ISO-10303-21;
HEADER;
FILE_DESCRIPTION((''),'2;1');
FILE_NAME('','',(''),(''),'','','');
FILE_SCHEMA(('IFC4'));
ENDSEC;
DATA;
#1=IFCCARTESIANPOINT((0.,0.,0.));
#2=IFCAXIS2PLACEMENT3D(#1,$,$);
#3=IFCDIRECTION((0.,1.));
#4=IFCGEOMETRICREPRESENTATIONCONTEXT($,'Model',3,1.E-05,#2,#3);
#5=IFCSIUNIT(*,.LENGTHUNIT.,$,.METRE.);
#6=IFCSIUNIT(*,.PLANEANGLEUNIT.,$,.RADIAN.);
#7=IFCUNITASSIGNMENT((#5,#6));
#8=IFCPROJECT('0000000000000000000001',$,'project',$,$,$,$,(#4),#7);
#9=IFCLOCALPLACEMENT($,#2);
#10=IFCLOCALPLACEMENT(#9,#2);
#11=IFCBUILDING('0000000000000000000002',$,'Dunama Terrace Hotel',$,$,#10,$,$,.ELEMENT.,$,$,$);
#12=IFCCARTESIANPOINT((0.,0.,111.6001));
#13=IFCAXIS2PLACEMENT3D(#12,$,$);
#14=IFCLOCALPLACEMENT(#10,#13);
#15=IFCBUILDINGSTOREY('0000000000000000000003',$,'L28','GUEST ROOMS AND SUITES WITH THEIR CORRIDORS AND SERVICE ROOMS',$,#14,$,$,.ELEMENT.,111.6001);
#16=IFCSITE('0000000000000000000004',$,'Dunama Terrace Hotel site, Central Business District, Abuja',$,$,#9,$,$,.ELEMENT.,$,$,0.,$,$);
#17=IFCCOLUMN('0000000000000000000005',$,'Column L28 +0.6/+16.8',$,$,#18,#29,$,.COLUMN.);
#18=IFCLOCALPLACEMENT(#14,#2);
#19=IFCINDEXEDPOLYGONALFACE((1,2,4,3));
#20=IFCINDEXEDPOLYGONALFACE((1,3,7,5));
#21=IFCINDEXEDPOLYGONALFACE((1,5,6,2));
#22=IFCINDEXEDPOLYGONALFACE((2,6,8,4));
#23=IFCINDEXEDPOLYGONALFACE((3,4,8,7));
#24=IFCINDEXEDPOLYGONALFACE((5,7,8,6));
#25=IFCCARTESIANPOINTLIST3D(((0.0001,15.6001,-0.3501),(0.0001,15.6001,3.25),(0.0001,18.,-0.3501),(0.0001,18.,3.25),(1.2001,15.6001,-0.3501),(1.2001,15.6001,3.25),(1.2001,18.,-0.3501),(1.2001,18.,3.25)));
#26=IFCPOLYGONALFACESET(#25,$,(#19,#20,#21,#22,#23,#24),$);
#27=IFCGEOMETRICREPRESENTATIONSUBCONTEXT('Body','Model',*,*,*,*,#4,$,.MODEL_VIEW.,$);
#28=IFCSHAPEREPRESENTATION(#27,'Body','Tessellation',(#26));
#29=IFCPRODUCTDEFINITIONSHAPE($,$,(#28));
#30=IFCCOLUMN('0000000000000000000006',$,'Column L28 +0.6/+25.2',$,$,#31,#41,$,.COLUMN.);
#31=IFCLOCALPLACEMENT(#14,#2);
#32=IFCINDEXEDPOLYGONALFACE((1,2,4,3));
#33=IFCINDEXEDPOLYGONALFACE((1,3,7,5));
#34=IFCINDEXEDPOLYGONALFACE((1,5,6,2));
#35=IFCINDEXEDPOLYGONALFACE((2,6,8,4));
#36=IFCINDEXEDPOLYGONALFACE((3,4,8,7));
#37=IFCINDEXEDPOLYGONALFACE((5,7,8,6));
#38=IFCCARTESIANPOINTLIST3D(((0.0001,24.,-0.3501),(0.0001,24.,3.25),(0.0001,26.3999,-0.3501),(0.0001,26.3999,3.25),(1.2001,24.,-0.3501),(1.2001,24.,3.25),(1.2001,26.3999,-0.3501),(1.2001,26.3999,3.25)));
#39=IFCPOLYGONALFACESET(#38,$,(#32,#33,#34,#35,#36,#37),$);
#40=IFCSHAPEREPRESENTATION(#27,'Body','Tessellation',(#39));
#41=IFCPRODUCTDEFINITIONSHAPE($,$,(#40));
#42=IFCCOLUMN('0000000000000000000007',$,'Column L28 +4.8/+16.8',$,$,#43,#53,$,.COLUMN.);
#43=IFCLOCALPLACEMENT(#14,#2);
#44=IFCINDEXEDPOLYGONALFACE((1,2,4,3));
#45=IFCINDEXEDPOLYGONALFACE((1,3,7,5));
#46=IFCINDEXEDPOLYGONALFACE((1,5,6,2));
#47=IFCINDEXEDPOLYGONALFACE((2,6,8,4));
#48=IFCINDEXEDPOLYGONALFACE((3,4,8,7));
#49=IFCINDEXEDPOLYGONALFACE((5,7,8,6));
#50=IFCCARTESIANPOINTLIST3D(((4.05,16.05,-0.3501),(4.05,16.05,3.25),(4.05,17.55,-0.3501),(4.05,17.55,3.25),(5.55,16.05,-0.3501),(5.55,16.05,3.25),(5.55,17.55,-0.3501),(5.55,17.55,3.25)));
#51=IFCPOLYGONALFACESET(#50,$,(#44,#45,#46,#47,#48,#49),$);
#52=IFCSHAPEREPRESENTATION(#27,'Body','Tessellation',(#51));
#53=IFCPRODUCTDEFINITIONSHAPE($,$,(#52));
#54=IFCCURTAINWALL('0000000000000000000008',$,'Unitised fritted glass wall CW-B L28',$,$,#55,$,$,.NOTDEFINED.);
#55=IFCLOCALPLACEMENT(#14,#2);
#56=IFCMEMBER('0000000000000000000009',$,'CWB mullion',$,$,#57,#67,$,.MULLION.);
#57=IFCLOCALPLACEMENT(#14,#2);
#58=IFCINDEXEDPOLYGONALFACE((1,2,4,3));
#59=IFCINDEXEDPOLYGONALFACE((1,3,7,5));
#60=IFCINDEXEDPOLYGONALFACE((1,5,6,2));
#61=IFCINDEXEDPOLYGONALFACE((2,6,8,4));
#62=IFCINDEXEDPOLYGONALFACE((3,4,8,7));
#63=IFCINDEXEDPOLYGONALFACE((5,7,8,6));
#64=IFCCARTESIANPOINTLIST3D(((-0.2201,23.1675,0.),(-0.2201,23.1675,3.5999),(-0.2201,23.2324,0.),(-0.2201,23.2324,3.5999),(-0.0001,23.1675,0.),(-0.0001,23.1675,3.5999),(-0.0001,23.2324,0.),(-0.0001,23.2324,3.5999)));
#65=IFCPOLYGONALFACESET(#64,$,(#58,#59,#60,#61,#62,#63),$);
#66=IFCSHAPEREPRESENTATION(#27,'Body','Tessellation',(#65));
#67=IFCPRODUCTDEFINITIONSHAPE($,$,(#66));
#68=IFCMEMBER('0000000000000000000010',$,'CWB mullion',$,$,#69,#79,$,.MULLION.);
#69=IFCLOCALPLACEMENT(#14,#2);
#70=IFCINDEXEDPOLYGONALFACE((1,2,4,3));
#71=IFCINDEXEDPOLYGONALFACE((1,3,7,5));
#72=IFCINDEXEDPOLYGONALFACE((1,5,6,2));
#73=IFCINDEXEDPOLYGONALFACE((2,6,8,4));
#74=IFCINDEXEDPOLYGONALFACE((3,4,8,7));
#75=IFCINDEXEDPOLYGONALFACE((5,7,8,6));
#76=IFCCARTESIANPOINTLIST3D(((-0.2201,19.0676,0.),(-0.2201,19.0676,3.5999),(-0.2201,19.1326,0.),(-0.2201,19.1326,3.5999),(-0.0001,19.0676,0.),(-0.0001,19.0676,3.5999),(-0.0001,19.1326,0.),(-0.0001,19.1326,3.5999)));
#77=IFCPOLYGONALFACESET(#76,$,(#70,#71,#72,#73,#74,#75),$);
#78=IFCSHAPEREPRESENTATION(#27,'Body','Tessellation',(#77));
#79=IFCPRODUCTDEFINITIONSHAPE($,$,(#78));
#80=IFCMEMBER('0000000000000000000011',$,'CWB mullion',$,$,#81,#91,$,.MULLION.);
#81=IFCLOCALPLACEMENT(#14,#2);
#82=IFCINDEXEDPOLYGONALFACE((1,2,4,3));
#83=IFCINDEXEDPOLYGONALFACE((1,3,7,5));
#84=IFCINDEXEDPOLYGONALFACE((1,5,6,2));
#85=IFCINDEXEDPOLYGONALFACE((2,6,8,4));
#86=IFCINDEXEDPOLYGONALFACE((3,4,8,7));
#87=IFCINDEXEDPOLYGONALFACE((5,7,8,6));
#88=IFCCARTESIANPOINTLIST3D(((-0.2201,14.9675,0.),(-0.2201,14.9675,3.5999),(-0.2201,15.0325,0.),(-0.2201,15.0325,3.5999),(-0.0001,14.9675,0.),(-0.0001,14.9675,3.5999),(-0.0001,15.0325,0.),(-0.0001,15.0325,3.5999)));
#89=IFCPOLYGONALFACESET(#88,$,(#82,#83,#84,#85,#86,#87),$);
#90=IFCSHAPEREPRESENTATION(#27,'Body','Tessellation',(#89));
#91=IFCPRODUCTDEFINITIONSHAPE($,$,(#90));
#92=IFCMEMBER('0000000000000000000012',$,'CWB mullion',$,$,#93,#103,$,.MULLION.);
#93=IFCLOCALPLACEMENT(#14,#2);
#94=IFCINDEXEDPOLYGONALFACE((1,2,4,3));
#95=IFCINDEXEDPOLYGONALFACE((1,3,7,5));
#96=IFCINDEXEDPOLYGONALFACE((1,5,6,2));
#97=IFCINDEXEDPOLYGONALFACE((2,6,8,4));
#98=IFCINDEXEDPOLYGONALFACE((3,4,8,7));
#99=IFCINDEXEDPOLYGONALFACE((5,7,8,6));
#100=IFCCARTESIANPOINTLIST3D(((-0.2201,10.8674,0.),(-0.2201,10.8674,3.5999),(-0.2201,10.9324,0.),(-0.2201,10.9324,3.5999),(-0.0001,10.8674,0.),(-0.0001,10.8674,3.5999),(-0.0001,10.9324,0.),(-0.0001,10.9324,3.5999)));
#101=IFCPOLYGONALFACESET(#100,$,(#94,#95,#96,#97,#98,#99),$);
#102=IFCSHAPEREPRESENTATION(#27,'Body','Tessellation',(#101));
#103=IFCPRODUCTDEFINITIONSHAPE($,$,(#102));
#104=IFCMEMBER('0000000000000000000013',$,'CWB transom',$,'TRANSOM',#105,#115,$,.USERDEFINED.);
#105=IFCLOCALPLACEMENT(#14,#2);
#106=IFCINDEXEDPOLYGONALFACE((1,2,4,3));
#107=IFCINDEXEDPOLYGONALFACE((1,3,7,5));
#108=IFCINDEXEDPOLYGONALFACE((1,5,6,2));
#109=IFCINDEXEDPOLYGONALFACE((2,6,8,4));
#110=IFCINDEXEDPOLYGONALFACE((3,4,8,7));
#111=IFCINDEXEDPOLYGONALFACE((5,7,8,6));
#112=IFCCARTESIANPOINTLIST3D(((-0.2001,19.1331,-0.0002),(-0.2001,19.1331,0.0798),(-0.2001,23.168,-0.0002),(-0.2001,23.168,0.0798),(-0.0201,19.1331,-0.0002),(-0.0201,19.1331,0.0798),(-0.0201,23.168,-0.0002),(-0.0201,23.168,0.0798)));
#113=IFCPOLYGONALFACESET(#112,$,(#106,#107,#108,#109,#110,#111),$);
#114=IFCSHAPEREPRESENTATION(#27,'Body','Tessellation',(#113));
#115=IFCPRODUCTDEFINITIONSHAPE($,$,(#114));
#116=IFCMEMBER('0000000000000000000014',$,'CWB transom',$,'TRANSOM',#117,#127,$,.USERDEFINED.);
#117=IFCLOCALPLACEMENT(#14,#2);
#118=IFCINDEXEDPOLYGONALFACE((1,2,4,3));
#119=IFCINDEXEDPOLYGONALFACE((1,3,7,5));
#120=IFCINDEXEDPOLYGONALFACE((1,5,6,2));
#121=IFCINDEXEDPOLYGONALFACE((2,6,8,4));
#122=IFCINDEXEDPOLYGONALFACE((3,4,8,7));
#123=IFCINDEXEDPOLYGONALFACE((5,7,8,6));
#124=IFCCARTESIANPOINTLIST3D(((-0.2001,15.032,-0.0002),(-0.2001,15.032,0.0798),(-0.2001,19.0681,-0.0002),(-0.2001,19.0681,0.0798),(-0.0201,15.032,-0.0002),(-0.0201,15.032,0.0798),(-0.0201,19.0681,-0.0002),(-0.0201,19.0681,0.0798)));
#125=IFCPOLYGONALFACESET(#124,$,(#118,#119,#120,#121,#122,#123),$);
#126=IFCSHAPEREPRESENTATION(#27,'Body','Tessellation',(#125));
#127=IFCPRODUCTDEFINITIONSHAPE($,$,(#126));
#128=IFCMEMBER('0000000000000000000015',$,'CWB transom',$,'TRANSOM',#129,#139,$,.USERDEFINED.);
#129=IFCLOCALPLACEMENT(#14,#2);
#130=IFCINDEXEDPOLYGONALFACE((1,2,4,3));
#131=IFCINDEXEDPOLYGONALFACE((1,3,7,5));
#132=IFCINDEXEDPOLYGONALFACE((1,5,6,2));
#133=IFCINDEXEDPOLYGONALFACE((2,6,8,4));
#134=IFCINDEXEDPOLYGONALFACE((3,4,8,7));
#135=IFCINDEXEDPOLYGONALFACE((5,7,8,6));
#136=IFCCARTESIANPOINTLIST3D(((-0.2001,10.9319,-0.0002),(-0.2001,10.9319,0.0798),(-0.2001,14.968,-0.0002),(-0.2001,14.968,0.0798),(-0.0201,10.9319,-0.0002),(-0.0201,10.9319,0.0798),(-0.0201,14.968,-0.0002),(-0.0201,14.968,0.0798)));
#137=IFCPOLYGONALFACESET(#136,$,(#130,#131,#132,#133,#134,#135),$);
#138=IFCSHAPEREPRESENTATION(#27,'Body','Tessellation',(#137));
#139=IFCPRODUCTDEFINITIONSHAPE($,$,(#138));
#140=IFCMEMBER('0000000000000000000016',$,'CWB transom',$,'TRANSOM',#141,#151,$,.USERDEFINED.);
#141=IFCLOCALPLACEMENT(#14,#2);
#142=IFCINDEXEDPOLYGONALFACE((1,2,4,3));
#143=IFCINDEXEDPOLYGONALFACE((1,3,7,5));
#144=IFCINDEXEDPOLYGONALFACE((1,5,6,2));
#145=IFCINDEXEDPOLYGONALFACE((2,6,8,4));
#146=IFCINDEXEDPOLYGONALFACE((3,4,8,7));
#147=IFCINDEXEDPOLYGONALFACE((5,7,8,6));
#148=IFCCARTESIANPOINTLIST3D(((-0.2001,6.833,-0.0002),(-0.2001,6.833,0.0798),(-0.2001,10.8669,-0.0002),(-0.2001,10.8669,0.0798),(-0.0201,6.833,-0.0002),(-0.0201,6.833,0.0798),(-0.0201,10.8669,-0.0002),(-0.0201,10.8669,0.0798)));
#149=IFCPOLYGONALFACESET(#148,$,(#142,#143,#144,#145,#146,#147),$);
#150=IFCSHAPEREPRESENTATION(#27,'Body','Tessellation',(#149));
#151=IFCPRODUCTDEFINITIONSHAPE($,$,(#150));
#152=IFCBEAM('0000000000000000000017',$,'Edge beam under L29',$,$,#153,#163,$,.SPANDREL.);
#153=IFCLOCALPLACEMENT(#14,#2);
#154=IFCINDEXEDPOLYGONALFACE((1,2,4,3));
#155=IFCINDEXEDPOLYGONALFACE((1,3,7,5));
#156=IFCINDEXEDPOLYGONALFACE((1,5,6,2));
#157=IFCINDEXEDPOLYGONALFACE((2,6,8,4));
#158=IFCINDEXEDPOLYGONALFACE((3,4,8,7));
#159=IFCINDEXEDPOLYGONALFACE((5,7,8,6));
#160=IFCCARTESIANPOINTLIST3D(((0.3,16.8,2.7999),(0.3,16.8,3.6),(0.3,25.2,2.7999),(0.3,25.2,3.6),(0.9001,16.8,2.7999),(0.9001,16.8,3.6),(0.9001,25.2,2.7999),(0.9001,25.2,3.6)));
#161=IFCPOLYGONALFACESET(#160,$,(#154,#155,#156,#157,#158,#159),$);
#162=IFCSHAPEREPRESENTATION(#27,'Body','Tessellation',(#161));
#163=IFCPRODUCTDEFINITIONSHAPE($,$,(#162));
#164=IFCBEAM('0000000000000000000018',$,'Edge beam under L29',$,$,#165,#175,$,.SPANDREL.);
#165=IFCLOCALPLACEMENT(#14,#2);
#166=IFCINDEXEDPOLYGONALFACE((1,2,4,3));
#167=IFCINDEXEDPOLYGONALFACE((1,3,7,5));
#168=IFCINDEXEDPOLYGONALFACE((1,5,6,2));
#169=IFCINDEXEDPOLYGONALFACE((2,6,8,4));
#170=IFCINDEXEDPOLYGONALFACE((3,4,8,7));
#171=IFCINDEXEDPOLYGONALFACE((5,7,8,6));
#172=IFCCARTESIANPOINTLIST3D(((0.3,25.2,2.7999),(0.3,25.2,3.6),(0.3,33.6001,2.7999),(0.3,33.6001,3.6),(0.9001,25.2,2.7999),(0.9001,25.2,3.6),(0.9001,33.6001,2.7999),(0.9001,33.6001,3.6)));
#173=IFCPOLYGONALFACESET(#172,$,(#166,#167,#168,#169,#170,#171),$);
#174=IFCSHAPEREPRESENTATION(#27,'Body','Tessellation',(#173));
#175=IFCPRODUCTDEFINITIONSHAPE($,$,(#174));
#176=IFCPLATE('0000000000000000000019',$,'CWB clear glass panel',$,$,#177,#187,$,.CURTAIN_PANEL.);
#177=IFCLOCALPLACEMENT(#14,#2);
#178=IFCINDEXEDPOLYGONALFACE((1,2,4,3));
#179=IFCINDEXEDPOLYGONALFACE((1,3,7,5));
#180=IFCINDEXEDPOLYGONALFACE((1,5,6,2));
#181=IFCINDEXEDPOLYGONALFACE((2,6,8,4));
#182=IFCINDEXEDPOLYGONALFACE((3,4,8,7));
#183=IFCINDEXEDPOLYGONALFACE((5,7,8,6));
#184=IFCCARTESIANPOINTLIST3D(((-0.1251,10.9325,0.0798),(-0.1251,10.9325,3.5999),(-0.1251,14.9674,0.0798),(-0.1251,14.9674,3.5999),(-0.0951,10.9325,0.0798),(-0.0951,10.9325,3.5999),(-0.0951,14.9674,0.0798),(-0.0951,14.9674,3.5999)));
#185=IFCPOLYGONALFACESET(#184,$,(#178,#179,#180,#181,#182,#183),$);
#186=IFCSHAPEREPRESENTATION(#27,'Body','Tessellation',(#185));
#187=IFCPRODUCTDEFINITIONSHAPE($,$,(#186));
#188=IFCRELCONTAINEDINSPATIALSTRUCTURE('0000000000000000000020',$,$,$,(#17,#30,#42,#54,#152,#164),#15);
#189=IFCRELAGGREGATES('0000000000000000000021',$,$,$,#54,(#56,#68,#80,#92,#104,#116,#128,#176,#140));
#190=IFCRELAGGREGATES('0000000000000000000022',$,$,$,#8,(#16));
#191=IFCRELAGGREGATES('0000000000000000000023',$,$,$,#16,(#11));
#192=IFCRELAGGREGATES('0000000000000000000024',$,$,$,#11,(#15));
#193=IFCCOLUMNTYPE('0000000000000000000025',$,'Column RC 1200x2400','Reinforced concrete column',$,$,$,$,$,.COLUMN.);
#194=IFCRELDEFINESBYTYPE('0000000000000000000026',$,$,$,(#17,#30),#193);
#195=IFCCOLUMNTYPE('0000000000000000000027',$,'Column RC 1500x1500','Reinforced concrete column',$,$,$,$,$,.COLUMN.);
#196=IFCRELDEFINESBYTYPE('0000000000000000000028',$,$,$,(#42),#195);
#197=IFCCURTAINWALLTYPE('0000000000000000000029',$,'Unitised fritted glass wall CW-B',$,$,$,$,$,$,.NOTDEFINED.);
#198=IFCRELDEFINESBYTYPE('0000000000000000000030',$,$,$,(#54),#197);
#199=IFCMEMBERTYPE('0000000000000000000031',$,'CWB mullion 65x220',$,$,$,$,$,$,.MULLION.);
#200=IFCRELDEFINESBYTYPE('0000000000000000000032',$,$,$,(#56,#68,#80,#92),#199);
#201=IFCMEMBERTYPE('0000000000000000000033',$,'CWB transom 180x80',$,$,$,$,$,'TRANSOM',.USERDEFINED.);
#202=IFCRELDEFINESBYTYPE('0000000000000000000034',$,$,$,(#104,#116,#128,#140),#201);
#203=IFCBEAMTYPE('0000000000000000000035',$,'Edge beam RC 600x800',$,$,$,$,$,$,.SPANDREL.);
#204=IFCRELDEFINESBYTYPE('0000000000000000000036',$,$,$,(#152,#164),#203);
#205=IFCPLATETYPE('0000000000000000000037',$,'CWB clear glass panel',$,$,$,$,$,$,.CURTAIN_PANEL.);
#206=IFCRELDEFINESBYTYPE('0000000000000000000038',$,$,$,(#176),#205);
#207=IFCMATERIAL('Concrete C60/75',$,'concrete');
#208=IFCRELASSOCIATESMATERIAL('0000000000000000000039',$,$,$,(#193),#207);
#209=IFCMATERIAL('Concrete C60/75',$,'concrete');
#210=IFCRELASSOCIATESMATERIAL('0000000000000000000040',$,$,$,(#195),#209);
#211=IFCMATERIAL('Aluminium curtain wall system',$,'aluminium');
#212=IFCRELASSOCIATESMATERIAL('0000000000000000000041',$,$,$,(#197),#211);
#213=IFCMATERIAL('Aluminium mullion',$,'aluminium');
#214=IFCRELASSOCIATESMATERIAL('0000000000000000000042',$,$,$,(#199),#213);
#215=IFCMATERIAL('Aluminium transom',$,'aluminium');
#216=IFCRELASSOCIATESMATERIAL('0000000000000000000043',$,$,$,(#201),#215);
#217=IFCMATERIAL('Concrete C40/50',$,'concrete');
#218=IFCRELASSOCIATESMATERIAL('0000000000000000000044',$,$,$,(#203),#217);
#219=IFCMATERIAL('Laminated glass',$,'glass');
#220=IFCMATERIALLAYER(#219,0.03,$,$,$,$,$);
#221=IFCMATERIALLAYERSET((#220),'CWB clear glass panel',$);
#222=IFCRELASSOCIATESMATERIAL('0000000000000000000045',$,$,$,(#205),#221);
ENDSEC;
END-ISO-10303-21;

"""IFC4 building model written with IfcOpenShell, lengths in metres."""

from ifc_helpers import new_model, si_unit, direction, frame, origin, origin_2d, place, context, subcontext, project, spatial, rectangle, extrude, material, layer, layer_set, material_profile, profile_set, type_object, element, aggregate, save


model = new_model("IFC4")

# Units and contexts
model_context = context("Model", 3, precision=1e-05, world=origin(), true_north=direction((0.0, 1.0)))
body_context = subcontext(model_context, "Body", "Model", "MODEL_VIEW")
ifc_project = project(units=[si_unit("LENGTHUNIT", "METRE"), si_unit("PLANEANGLEUNIT", "RADIAN")], contexts=[model_context])

# Site, building, storey
site_placement = place(None, origin())
site = spatial("IfcSite", under=ifc_project, at=site_placement, Name="Dunama Terrace Hotel site, Central Business District, Abuja", CompositionType="ELEMENT", RefElevation=0.0)
building_placement = place(site_placement, origin())
building = spatial("IfcBuilding", under=site, at=building_placement, Name="Dunama Terrace Hotel", CompositionType="ELEMENT")
storey_placement = place(building_placement, frame((0.0, 0.0, 111.6001)))
storey = spatial("IfcBuildingStorey", under=building, at=storey_placement, Name="L28", Description="GUEST ROOMS AND SUITES WITH THEIR CORRIDORS AND SERVICE ROOMS", CompositionType="ELEMENT", Elevation=111.6001)

# Columns
ifc_material_1 = material(Name="Concrete C60/75", Category="concrete")
ifc_material_profile_1 = material_profile(ifc_material_1, rectangle(XDim=1.2, YDim=2.3999, at=origin_2d()), Name="RC 1200x2400")
ifc_profile_set_1 = profile_set([ifc_material_profile_1], Name="Concrete C60/75")
column_type_1 = type_object("IfcColumnType", Name="Column RC 1200x2400", Description="Reinforced concrete column", PredefinedType="COLUMN", material=ifc_profile_set_1)
for number, where, z_axis, x_axis, name in (
    (1, (0.6001, 16.8, -0.3501), (0.0, 0.0, 1.0), (1.0, 0.0, 0.0), "Column L28 +0.6/+16.8"),
    (2, (0.6001, 25.2, -0.3501), (0.0, 0.0, 1.0), (1.0, 0.0, 0.0), "Column L28 +0.6/+25.2"),
):
    element("IfcColumn", number, at=place(storey_placement, frame(where, z_axis=z_axis, x_axis=x_axis)), inside=storey, type_object=column_type_1, Name=name, PredefinedType="COLUMN", context=body_context, shape_type="SweptSolid", body=[
        extrude(rectangle(XDim=1.2, YDim=2.3999, at=origin_2d()), origin(), (0.0, 0.0, 1.0), 3.6001),
    ])
ifc_material_2 = material(Name="Concrete C60/75", Category="concrete")
ifc_material_profile_2 = material_profile(ifc_material_2, rectangle(XDim=1.5, YDim=1.5, at=origin_2d()), Name="RC 1500x1500")
ifc_profile_set_2 = profile_set([ifc_material_profile_2], Name="Concrete C60/75")
column_type_2 = type_object("IfcColumnType", Name="Column RC 1500x1500", Description="Reinforced concrete column", PredefinedType="COLUMN", material=ifc_profile_set_2)
column_placement = place(storey_placement, frame((4.8, 16.8, -0.3501), z_axis=(0.0, 0.0, 1.0), x_axis=(1.0, 0.0, 0.0)))
element("IfcColumn", 3, at=column_placement, inside=storey, type_object=column_type_2, Name="Column L28 +4.8/+16.8", PredefinedType="COLUMN", context=body_context, shape_type="SweptSolid", body=[
    extrude(rectangle(XDim=1.5, YDim=1.5, at=origin_2d()), origin(), (0.0, 0.0, 1.0), 3.6001),
])

# Curtain wall, members
ifc_material_3 = material(Name="Aluminium curtain wall system", Category="aluminium")
curtain_wall_type = type_object("IfcCurtainWallType", Name="Unitised fritted glass wall CW-B", PredefinedType="NOTDEFINED", material=ifc_material_3)
curtain_wall_placement = place(storey_placement, origin())
curtain_wall = element("IfcCurtainWall", 4, at=curtain_wall_placement, inside=storey, type_object=curtain_wall_type, Name="Unitised fritted glass wall CW-B L28", PredefinedType="NOTDEFINED")
ifc_material_4 = material(Name="Aluminium mullion", Category="aluminium")
ifc_material_profile_3 = material_profile(ifc_material_4, rectangle(XDim=0.0649, YDim=0.22, at=origin_2d()), Name="CWB MULLION 65X220")
ifc_profile_set_3 = profile_set([ifc_material_profile_3], Name="Aluminium mullion")
member_type_1 = type_object("IfcMemberType", Name="CWB mullion 65x220", PredefinedType="MULLION", material=ifc_profile_set_3)
member_1_placement = place(storey_placement, frame((-0.1101, 23.2, 0.0), z_axis=(0.0, 0.0, 1.0), x_axis=(0.0, -1.0, 0.0)))
member_1 = element("IfcMember", 5, at=member_1_placement, type_object=member_type_1, Name="CWB mullion", PredefinedType="MULLION", context=body_context, shape_type="SweptSolid", body=[
    extrude(rectangle(XDim=0.0649, YDim=0.22, at=origin_2d()), origin(), (0.0, 0.0, 1.0), 3.5999),
])
member_2_placement = place(storey_placement, frame((-0.1101, 19.1001, 0.0), z_axis=(0.0, 0.0, 1.0), x_axis=(0.0, -1.0, 0.0)))
member_2 = element("IfcMember", 6, at=member_2_placement, type_object=member_type_1, Name="CWB mullion", PredefinedType="MULLION", context=body_context, shape_type="SweptSolid", body=[
    extrude(rectangle(XDim=0.0649, YDim=0.22, at=origin_2d()), origin(), (0.0, 0.0, 1.0), 3.5999),
])
member_3_placement = place(storey_placement, frame((-0.1101, 15.0, 0.0), z_axis=(0.0, 0.0, 1.0), x_axis=(0.0, -1.0, 0.0)))
member_3 = element("IfcMember", 7, at=member_3_placement, type_object=member_type_1, Name="CWB mullion", PredefinedType="MULLION", context=body_context, shape_type="SweptSolid", body=[
    extrude(rectangle(XDim=0.0649, YDim=0.22, at=origin_2d()), origin(), (0.0, 0.0, 1.0), 3.5999),
])
member_4_placement = place(storey_placement, frame((-0.1101, 10.8999, 0.0), z_axis=(0.0, 0.0, 1.0), x_axis=(0.0, -1.0, 0.0)))
member_4 = element("IfcMember", 8, at=member_4_placement, type_object=member_type_1, Name="CWB mullion", PredefinedType="MULLION", context=body_context, shape_type="SweptSolid", body=[
    extrude(rectangle(XDim=0.0649, YDim=0.22, at=origin_2d()), origin(), (0.0, 0.0, 1.0), 3.5999),
])
ifc_material_5 = material(Name="Aluminium transom", Category="aluminium")
ifc_material_profile_4 = material_profile(ifc_material_5, rectangle(XDim=0.1799, YDim=0.0801, at=origin_2d()), Name="CWB TRANSOM 180X80")
ifc_profile_set_4 = profile_set([ifc_material_profile_4], Name="Aluminium transom")
member_type_2 = type_object("IfcMemberType", Name="CWB transom 180x80", ElementType="TRANSOM", PredefinedType="USERDEFINED", material=ifc_profile_set_4)
member_5_placement = place(storey_placement, frame((-0.1101, 23.168, 0.0398), z_axis=(0.0, -1.0, 0.0), x_axis=(1.0, 0.0, 0.0)))
member_5 = element("IfcMember", 9, at=member_5_placement, type_object=member_type_2, Name="CWB transom", ObjectType="TRANSOM", PredefinedType="USERDEFINED", context=body_context, shape_type="SweptSolid", body=[
    extrude(rectangle(XDim=0.1799, YDim=0.0801, at=origin_2d()), origin(), (0.0, 0.0, 1.0), 4.0349),
])
member_6_placement = place(storey_placement, frame((-0.1101, 19.0681, 0.0398), z_axis=(0.0, -1.0, 0.0), x_axis=(1.0, 0.0, 0.0)))
member_6 = element("IfcMember", 10, at=member_6_placement, type_object=member_type_2, Name="CWB transom", ObjectType="TRANSOM", PredefinedType="USERDEFINED", context=body_context, shape_type="SweptSolid", body=[
    extrude(rectangle(XDim=0.1799, YDim=0.0801, at=origin_2d()), origin(), (0.0, 0.0, 1.0), 4.0361),
])
member_7_placement = place(storey_placement, frame((-0.1101, 14.968, 0.0398), z_axis=(0.0, -1.0, 0.0), x_axis=(1.0, 0.0, 0.0)))
member_7 = element("IfcMember", 11, at=member_7_placement, type_object=member_type_2, Name="CWB transom", ObjectType="TRANSOM", PredefinedType="USERDEFINED", context=body_context, shape_type="SweptSolid", body=[
    extrude(rectangle(XDim=0.1799, YDim=0.0801, at=origin_2d()), origin(), (0.0, 0.0, 1.0), 4.0361),
])
member_8_placement = place(storey_placement, frame((-0.1101, 10.8669, 0.0398), z_axis=(0.0, -1.0, 0.0), x_axis=(1.0, 0.0, 0.0)))
member_8 = element("IfcMember", 12, at=member_8_placement, type_object=member_type_2, Name="CWB transom", ObjectType="TRANSOM", PredefinedType="USERDEFINED", context=body_context, shape_type="SweptSolid", body=[
    extrude(rectangle(XDim=0.1799, YDim=0.0801, at=origin_2d()), origin(), (0.0, 0.0, 1.0), 4.0339),
])

# Beams
ifc_material_6 = material(Name="Concrete C40/50", Category="concrete")
ifc_material_profile_5 = material_profile(ifc_material_6, rectangle(XDim=0.6001, YDim=0.8, at=origin_2d()), Name="RC 600x800")
ifc_profile_set_5 = profile_set([ifc_material_profile_5], Name="Concrete C40/50")
beam_type = type_object("IfcBeamType", Name="Edge beam RC 600x800", PredefinedType="SPANDREL", material=ifc_profile_set_5)
beam_1_placement = place(storey_placement, frame((0.6001, 16.8, 3.2), z_axis=(0.0, 1.0, 0.0), x_axis=(-1.0, 0.0, 0.0)))
element("IfcBeam", 13, at=beam_1_placement, inside=storey, type_object=beam_type, Name="Edge beam under L29", PredefinedType="SPANDREL", context=body_context, shape_type="SweptSolid", body=[
    extrude(rectangle(XDim=0.6001, YDim=0.8, at=origin_2d()), origin(), (0.0, 0.0, 1.0), 8.3999),
])
beam_2_placement = place(storey_placement, frame((0.6001, 25.2, 3.2), z_axis=(0.0, 1.0, 0.0), x_axis=(-1.0, 0.0, 0.0)))
element("IfcBeam", 14, at=beam_2_placement, inside=storey, type_object=beam_type, Name="Edge beam under L29", PredefinedType="SPANDREL", context=body_context, shape_type="SweptSolid", body=[
    extrude(rectangle(XDim=0.6001, YDim=0.8, at=origin_2d()), origin(), (0.0, 0.0, 1.0), 8.4001),
])

# Plate
ifc_material_7 = material(Name="Laminated glass", Category="glass")
ifc_layer_1 = layer(ifc_material_7, 0.03)
ifc_layer_set_1 = layer_set([ifc_layer_1], Name="CWB clear glass panel")
plate_type_1 = type_object("IfcPlateType", Name="CWB clear glass panel", PredefinedType="CURTAIN_PANEL", material=ifc_layer_set_1)
plate_1_placement = place(storey_placement, frame((-0.1101, 12.95, 0.0798), z_axis=(0.0, 0.0, 1.0), x_axis=(0.0, -1.0, 0.0)))
plate_1 = element("IfcPlate", 15, at=plate_1_placement, type_object=plate_type_1, Name="CWB clear glass panel", PredefinedType="CURTAIN_PANEL", context=body_context, shape_type="SweptSolid", body=[
    extrude(rectangle(XDim=4.0349, YDim=0.03, at=origin_2d()), origin(), (0.0, 0.0, 1.0), 3.52),
])
aggregate(curtain_wall, [member_1, member_2, member_3, member_4, member_5, member_6, member_7, plate_1, member_8])

save(model, "model.ifc")
